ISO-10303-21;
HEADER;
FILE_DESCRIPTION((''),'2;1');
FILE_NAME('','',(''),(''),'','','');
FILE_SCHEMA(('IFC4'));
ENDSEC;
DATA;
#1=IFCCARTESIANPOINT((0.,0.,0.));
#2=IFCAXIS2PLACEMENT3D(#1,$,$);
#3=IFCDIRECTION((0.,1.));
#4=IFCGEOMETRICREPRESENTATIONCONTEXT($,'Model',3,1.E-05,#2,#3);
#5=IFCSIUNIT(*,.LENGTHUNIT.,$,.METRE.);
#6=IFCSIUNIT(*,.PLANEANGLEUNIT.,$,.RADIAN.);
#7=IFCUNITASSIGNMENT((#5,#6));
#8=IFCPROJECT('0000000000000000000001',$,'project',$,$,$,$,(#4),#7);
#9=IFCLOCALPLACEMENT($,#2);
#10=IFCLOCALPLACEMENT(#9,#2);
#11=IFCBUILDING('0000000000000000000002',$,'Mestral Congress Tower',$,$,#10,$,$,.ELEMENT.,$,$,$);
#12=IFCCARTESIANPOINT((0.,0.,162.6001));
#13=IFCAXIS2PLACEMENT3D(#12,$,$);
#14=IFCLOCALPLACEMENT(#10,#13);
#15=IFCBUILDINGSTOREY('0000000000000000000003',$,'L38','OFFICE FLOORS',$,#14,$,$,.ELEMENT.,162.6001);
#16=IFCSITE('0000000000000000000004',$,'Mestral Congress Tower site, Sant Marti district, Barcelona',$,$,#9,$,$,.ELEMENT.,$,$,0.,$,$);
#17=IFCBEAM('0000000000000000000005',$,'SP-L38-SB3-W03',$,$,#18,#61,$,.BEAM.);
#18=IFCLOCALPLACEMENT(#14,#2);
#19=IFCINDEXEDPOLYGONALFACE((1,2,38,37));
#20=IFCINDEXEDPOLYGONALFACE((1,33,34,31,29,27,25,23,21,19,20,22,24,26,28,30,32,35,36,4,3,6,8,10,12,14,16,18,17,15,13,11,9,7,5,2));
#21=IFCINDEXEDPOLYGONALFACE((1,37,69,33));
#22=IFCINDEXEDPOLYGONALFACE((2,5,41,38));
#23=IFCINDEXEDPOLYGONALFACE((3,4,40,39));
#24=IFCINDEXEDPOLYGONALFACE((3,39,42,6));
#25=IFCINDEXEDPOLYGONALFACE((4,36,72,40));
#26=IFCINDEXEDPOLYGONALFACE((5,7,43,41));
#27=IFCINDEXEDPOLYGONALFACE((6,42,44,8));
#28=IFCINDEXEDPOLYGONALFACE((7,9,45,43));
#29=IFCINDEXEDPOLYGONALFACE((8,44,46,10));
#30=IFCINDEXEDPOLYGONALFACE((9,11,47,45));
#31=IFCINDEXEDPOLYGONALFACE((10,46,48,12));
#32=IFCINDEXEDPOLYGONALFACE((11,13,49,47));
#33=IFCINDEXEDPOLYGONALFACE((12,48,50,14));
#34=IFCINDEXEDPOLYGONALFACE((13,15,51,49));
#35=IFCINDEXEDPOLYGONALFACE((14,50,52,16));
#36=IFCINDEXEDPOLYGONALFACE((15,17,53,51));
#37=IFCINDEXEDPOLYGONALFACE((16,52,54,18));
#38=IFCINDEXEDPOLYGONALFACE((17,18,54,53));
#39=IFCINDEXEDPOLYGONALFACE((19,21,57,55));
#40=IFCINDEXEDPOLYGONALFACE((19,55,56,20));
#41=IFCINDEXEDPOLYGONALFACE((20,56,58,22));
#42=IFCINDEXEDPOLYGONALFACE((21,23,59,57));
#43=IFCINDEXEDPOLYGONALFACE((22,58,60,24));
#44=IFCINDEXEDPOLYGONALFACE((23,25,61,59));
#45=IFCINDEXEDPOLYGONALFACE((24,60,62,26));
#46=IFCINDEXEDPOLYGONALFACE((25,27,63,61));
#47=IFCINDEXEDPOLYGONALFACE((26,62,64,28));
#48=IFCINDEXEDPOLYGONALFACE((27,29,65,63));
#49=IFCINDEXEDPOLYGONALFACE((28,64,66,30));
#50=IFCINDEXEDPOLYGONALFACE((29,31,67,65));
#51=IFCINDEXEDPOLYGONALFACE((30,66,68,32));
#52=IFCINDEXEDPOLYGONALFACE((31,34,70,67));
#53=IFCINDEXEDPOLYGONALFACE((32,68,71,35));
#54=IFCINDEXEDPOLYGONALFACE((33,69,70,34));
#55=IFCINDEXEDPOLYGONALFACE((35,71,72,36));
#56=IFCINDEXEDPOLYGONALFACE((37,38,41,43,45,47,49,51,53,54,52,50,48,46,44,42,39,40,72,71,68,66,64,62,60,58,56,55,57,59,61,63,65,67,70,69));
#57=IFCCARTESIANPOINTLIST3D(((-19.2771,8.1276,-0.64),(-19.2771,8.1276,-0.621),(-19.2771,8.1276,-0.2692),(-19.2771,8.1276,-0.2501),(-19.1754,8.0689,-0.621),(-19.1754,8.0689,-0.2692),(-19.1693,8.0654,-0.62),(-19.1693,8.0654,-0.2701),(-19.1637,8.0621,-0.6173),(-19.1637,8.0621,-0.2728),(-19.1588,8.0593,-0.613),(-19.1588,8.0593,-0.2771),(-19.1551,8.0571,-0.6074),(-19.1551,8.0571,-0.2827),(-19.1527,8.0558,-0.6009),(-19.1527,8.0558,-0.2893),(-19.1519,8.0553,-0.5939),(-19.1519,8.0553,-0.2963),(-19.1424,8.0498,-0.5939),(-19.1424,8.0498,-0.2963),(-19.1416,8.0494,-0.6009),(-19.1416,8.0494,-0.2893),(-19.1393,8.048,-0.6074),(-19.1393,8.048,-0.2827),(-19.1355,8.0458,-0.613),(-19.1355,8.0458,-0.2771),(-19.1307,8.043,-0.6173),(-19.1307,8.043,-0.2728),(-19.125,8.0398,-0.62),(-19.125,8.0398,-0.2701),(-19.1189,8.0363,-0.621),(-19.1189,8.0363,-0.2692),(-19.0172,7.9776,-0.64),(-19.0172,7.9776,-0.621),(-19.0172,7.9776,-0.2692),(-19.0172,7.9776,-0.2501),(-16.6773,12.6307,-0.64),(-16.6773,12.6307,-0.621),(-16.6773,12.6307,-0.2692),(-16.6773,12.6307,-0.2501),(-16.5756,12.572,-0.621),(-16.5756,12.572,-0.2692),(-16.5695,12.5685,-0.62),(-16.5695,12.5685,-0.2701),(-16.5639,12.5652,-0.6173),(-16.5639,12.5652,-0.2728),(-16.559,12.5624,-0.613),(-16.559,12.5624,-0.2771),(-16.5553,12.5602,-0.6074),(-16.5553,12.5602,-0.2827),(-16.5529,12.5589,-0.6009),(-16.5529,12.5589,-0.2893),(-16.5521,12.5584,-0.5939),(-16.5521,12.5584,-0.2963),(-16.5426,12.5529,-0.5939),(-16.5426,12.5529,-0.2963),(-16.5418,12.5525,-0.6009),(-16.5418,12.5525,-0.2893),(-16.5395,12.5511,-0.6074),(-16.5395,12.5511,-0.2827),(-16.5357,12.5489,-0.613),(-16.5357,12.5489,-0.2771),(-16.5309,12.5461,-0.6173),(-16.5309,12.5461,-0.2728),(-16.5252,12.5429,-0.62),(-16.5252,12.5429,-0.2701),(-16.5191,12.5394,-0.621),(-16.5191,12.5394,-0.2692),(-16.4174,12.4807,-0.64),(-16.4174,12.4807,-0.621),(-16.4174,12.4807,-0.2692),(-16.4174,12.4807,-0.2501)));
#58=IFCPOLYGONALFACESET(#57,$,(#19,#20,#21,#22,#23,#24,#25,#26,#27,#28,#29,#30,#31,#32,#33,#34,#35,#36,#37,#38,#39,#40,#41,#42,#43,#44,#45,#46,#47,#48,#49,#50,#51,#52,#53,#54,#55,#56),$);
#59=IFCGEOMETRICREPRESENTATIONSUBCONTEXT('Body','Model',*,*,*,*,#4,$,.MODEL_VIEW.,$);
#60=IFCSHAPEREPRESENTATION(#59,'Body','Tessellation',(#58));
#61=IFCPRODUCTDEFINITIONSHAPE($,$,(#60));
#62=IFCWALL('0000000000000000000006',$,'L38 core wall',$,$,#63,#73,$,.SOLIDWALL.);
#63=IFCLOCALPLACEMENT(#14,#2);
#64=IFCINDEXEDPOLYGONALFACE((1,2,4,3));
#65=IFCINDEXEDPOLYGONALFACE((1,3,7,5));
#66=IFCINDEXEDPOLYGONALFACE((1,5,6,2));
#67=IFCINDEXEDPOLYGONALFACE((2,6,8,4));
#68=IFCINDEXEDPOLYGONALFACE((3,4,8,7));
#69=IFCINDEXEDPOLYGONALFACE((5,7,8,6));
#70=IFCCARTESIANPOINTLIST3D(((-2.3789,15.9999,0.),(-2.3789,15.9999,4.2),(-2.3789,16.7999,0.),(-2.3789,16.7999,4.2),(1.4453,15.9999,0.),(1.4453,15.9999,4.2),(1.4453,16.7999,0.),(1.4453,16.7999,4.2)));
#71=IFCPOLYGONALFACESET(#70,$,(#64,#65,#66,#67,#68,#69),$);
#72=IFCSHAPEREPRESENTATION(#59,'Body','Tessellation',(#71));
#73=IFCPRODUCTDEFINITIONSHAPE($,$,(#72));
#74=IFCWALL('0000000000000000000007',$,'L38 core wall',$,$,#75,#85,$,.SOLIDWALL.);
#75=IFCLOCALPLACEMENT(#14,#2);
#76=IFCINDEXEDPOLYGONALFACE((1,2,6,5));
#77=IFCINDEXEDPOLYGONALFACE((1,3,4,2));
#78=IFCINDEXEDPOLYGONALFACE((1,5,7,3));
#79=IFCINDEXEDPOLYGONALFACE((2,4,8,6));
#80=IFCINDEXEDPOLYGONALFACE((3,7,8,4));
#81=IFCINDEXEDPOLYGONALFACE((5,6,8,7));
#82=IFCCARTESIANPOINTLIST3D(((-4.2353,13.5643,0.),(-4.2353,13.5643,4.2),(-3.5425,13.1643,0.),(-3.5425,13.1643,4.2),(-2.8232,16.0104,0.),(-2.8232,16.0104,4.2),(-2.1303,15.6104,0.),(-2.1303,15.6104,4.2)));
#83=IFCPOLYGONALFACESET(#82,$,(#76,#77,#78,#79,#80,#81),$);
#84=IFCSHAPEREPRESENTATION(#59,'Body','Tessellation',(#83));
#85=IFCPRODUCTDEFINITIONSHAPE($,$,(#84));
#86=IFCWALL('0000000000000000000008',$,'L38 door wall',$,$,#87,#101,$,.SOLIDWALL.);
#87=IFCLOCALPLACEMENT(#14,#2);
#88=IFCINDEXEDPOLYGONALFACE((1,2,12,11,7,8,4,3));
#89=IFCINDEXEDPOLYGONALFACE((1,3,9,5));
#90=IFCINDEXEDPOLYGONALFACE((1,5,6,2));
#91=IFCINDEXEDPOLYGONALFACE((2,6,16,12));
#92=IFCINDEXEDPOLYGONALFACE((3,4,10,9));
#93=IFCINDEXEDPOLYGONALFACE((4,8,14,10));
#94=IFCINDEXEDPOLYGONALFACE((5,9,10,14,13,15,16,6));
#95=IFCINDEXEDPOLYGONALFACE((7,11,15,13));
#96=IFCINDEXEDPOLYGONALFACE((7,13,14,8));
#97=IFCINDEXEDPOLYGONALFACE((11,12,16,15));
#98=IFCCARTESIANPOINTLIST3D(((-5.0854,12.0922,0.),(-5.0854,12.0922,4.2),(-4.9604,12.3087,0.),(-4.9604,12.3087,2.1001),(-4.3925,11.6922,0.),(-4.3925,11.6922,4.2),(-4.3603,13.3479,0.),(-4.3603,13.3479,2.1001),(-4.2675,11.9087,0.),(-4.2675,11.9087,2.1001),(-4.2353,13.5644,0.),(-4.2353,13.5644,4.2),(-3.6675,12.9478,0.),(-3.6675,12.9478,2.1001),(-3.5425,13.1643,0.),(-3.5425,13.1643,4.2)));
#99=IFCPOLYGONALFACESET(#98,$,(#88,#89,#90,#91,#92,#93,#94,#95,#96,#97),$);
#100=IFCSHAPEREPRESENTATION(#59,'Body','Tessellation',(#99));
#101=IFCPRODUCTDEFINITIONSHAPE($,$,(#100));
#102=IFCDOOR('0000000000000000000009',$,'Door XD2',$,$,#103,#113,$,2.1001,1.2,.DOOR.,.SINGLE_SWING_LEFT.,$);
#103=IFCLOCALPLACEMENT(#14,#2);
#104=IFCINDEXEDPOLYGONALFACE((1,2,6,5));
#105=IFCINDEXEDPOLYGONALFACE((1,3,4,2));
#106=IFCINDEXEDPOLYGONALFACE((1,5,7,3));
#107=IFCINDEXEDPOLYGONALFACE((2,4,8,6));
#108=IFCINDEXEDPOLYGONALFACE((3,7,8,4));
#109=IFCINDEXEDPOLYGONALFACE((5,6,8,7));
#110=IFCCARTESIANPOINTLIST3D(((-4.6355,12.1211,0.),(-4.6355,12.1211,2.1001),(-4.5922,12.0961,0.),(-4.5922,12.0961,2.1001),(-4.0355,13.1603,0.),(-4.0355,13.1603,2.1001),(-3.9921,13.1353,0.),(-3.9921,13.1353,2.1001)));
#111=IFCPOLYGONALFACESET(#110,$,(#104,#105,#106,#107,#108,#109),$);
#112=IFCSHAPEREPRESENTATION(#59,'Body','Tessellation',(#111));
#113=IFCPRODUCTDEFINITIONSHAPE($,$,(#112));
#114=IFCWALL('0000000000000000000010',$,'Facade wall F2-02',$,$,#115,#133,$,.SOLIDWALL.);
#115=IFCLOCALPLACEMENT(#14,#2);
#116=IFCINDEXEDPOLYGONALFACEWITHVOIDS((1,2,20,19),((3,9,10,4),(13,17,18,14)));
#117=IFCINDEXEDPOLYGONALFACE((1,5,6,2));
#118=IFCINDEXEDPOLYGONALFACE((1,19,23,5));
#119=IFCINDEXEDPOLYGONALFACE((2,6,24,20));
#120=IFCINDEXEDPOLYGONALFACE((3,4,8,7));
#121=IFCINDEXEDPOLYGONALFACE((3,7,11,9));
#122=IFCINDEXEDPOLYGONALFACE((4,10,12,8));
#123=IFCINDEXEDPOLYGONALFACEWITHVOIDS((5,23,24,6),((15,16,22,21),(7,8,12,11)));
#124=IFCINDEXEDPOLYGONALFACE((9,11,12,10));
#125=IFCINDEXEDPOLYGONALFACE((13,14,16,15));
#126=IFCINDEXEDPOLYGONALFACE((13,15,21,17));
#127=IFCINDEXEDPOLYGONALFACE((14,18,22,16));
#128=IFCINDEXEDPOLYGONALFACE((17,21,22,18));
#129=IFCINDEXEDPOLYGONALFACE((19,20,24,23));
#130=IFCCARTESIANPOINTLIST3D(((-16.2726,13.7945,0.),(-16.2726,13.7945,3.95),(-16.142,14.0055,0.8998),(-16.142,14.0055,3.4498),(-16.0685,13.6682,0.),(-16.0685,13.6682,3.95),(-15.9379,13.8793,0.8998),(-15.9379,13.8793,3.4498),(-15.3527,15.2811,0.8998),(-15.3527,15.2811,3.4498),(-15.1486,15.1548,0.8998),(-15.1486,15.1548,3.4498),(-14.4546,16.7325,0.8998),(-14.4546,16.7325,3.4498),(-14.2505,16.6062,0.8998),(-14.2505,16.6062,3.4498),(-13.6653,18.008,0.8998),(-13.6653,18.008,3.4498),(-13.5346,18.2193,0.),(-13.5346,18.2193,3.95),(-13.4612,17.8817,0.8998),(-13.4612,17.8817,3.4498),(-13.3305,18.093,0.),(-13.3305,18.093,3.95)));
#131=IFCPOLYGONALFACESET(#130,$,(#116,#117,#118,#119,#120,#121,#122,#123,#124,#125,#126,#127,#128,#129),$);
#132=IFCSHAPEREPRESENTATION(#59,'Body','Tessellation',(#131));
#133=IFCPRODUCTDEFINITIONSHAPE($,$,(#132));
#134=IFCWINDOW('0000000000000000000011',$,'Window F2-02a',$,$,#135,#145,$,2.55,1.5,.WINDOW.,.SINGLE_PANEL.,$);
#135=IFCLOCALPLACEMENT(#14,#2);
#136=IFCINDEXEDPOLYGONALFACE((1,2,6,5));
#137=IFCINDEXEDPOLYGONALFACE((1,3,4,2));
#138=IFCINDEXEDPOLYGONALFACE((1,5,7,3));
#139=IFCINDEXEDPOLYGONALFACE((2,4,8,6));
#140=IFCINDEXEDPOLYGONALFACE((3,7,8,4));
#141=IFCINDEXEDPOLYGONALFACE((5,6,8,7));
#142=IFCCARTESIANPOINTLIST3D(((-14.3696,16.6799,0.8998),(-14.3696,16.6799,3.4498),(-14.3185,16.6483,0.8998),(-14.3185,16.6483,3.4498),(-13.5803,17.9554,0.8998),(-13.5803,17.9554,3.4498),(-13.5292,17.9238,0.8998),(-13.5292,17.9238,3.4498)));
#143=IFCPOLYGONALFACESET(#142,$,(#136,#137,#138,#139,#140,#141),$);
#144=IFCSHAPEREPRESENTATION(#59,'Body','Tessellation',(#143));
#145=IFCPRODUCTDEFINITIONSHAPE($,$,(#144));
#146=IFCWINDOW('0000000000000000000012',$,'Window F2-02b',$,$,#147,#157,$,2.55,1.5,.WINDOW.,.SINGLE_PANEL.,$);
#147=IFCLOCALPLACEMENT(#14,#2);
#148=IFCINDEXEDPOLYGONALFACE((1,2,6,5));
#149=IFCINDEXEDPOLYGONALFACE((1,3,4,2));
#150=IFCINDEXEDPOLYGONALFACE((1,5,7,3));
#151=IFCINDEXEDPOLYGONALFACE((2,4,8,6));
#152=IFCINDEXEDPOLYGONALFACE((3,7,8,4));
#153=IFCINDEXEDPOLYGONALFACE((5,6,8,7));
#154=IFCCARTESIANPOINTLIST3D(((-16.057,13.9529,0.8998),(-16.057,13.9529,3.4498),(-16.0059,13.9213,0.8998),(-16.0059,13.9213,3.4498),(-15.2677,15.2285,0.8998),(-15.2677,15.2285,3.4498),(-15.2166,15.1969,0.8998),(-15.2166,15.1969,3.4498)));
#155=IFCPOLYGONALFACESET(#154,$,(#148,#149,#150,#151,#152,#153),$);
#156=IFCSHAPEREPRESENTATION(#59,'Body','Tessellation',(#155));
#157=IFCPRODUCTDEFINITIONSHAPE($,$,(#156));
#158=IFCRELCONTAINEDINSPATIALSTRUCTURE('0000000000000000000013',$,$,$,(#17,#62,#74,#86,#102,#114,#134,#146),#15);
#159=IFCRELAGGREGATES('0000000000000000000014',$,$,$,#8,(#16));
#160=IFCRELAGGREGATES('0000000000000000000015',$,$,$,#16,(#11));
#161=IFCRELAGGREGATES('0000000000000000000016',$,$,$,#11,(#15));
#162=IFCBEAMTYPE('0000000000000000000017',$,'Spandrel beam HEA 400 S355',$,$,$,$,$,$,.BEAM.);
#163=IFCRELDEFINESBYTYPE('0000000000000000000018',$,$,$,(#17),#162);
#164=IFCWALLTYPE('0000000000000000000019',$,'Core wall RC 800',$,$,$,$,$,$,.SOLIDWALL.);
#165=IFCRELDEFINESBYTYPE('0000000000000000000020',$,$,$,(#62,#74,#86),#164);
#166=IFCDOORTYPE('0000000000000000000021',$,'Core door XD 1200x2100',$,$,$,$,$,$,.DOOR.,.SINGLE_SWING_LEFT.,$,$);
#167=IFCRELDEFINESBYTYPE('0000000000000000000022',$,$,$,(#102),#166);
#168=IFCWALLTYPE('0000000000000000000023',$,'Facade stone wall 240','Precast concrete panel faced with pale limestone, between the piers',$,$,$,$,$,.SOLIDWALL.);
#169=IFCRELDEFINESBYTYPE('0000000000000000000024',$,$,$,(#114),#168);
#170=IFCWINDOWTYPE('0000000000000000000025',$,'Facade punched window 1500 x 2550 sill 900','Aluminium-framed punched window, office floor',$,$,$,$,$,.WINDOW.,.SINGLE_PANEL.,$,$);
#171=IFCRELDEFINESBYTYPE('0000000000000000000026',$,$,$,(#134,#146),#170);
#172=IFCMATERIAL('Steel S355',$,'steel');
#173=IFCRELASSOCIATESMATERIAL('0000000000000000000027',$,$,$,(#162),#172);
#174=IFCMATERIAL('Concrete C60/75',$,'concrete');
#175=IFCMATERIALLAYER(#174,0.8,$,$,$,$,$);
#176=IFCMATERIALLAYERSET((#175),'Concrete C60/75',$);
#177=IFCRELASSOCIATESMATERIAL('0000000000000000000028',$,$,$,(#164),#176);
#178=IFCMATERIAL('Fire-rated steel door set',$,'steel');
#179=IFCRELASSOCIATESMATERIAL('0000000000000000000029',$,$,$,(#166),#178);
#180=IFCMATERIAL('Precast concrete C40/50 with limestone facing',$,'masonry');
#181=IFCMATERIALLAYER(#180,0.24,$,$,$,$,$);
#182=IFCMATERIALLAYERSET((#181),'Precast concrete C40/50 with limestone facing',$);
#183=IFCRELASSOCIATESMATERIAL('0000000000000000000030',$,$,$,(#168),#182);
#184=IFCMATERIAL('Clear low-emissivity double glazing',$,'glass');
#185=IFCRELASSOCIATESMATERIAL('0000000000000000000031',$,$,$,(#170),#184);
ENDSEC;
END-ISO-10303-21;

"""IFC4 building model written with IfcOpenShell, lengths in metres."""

from ifc_helpers import new_model, si_unit, direction, frame, frame_2d, origin, origin_2d, place, context, subcontext, project, spatial, rectangle, i_section, extrude, material, layer, layer_set, material_profile, profile_set, type_object, element, fill, save


model = new_model("IFC4")

# Units and contexts
model_context = context("Model", 3, precision=1e-05, world=origin(), true_north=direction((0.0, 1.0)))
body_context = subcontext(model_context, "Body", "Model", "MODEL_VIEW")
ifc_project = project(units=[si_unit("LENGTHUNIT", "METRE"), si_unit("PLANEANGLEUNIT", "RADIAN")], contexts=[model_context])

# Site, building, storey
site_placement = place(None, origin())
site = spatial("IfcSite", under=ifc_project, at=site_placement, Name="Mestral Congress Tower site, Sant Marti district, Barcelona", CompositionType="ELEMENT", RefElevation=0.0)
building_placement = place(site_placement, origin())
building = spatial("IfcBuilding", under=site, at=building_placement, Name="Mestral Congress Tower", CompositionType="ELEMENT")
storey_placement = place(building_placement, frame((0.0, 0.0, 162.6001)))
storey = spatial("IfcBuildingStorey", under=building, at=storey_placement, Name="L38", Description="OFFICE FLOORS", CompositionType="ELEMENT", Elevation=162.6001)

# Shared definitions
ifc_material_1 = material(Name="Concrete C60/75", Category="concrete")

# Beam
ifc_material_2 = material(Name="Steel S355", Category="steel")
ifc_material_profile_1 = material_profile(ifc_material_2, i_section(OverallWidth=0.3, OverallDepth=0.3899, WebThickness=0.011, FlangeThickness=0.019, FilletRadius=0.0271, at=origin_2d()), Name="HEA 400")
ifc_profile_set_1 = profile_set([ifc_material_profile_1], Name="Steel S355")
beam_type_1 = type_object("IfcBeamType", Name="Spandrel beam HEA 400 S355", PredefinedType="BEAM", material=ifc_profile_set_1)
beam_1_placement = place(storey_placement, frame((-16.5474, 12.5557, -0.4451), z_axis=(-0.499992, -0.86603, 0.0), x_axis=(0.86603, -0.499992, 0.0)))
element("IfcBeam", 1, at=beam_1_placement, inside=storey, type_object=beam_type_1, Name="SP-L38-SB3-W03", PredefinedType="BEAM", context=body_context, shape_type="SweptSolid", body=[
    extrude(i_section(OverallWidth=0.3, OverallDepth=0.3899, WebThickness=0.011, FlangeThickness=0.019, FilletRadius=0.0271, at=origin_2d()), origin(), (0.0, 0.0, 1.0), 5.1997),
])

# Walls
ifc_layer_1 = layer(ifc_material_1, 0.8)
ifc_layer_set_1 = layer_set([ifc_layer_1], Name="Concrete C60/75")
wall_type_1 = type_object("IfcWallType", Name="Core wall RC 800", PredefinedType="SOLIDWALL", material=ifc_layer_set_1)
wall_1_placement = place(storey_placement, frame((-2.3789, 16.3999, 0.0), z_axis=(0.0, 0.0, 1.0), x_axis=(1.0, 0.0, 0.0)))
element("IfcWall", 2, at=wall_1_placement, inside=storey, type_object=wall_type_1, Name="L38 core wall", PredefinedType="SOLIDWALL", context=body_context, shape_type="SweptSolid", body=[
    extrude(rectangle(XDim=3.8242, YDim=0.8, at=frame_2d((1.9121, 0.0))), origin(), (0.0, 0.0, 1.0), 4.2),
])
wall_2_placement = place(storey_placement, frame((-2.4768, 15.8103, 0.0), z_axis=(0.0, 0.0, 1.0), x_axis=(-0.499969, -0.866043, 0.0)))
element("IfcWall", 3, at=wall_2_placement, inside=storey, type_object=wall_type_1, Name="L38 core wall", PredefinedType="SOLIDWALL", context=body_context, shape_type="SweptSolid", body=[
    extrude(rectangle(XDim=2.8245, YDim=0.8, at=frame_2d((1.4121, 0.0))), origin(), (0.0, 0.0, 1.0), 4.2),
])

# Wall, opening, door
wall_3_placement = place(storey_placement, frame((-4.739, 11.8921, 0.0), z_axis=(0.0, 0.0, 1.0), x_axis=(0.500062, 0.865989, 0.0)))
wall_3 = element("IfcWall", 4, at=wall_3_placement, inside=storey, type_object=wall_type_1, Name="L38 door wall", PredefinedType="SOLIDWALL", context=body_context, shape_type="SweptSolid", body=[
    extrude(rectangle(XDim=1.7, YDim=0.8, at=frame_2d((0.8501, 0.0))), origin(), (0.0, 0.0, 1.0), 4.2),
])
opening_1_placement = place(wall_3_placement, frame((0.25, 0.0, 0.0)))
opening_1 = element("IfcOpeningElement", 5, at=opening_1_placement, cuts=wall_3, PredefinedType="OPENING", context=body_context, shape_type="SweptSolid", body=[
    extrude(rectangle(XDim=1.2, YDim=2.1001, at=frame_2d((0.6001, 1.05))), frame((0.0, 0.4099, 0.0), z_axis=(0.0, -1.0, 0.0), x_axis=(1.0, 0.0, 0.0)), (0.0, 0.0, 1.0), 0.8201),
])
ifc_material_3 = material(Name="Fire-rated steel door set", Category="steel")
door_type_1 = type_object("IfcDoorType", Name="Core door XD 1200x2100", OperationType="SINGLE_SWING_LEFT", PredefinedType="DOOR", material=ifc_material_3)
door_1_placement = place(opening_1_placement, origin())
door_1 = element("IfcDoor", 6, at=door_1_placement, inside=storey, type_object=door_type_1, Name="Door XD2", OperationType="SINGLE_SWING_LEFT", OverallHeight=2.1001, OverallWidth=1.2, PredefinedType="DOOR", context=body_context, shape_type="SweptSolid", body=[
    extrude(rectangle(XDim=1.2, YDim=2.1001, at=frame_2d((0.6001, 1.05))), frame((0.0, 0.0249, 0.0), z_axis=(0.0, -1.0, 0.0), x_axis=(1.0, 0.0, 0.0)), (0.0, 0.0, 1.0), 0.05),
])
fill(opening_1, door_1)

# Wall, openings, windows
ifc_material_4 = material(Name="Precast concrete C40/50 with limestone facing", Category="masonry")
ifc_layer_2 = layer(ifc_material_4, 0.24)
ifc_layer_set_2 = layer_set([ifc_layer_2], Name="Precast concrete C40/50 with limestone facing")
wall_type_2 = type_object("IfcWallType", Name="Facade stone wall 240", Description="Precast concrete panel faced with pale limestone, between the piers", PredefinedType="SOLIDWALL", material=ifc_layer_set_2)
wall_4_placement = place(storey_placement, frame((-13.4326, 18.156, 0.0), z_axis=(0.0, 0.0, 1.0), x_axis=(-0.526198, -0.850362, 0.0)))
wall_4 = element("IfcWall", 7, at=wall_4_placement, inside=storey, type_object=wall_type_2, Name="Facade wall F2-02", PredefinedType="SOLIDWALL", context=body_context, shape_type="SweptSolid", body=[
    extrude(rectangle(XDim=5.2034, YDim=0.24, at=frame_2d((2.6016, 0.0))), origin(), (0.0, 0.0, 1.0), 3.95),
])
opening_2_placement = place(wall_4_placement, frame((0.2483, 0.0, 0.8999)))
opening_2 = element("IfcOpeningElement", 8, at=opening_2_placement, cuts=wall_4, PredefinedType="OPENING", context=body_context, shape_type="SweptSolid", body=[
    extrude(rectangle(XDim=1.5, YDim=2.55, at=frame_2d((0.75, 1.2749))), frame((0.0, 0.1299, 0.0), z_axis=(0.0, -1.0, 0.0), x_axis=(1.0, 0.0, 0.0)), (0.0, 0.0, 1.0), 0.26),
])
opening_3_placement = place(wall_4_placement, frame((3.4551, 0.0, 0.8999)))
opening_3 = element("IfcOpeningElement", 9, at=opening_3_placement, cuts=wall_4, PredefinedType="OPENING", context=body_context, shape_type="SweptSolid", body=[
    extrude(rectangle(XDim=1.5, YDim=2.55, at=frame_2d((0.75, 1.2749))), frame((0.0, 0.1299, 0.0), z_axis=(0.0, -1.0, 0.0), x_axis=(1.0, 0.0, 0.0)), (0.0, 0.0, 1.0), 0.26),
])
ifc_material_5 = material(Name="Clear low-emissivity double glazing", Category="glass")
window_type = type_object("IfcWindowType", Name="Facade punched window 1500 x 2550 sill 900", Description="Aluminium-framed punched window, office floor", PartitioningType="SINGLE_PANEL", PredefinedType="WINDOW", material=ifc_material_5)
window_1_placement = place(opening_2_placement, origin())
window_1 = element("IfcWindow", 10, at=window_1_placement, inside=storey, type_object=window_type, Name="Window F2-02a", OverallHeight=2.55, OverallWidth=1.5, PartitioningType="SINGLE_PANEL", PredefinedType="WINDOW", context=body_context, shape_type="SweptSolid", body=[
    extrude(rectangle(XDim=1.5, YDim=2.55, at=frame_2d((0.75, 1.2749))), frame((0.0, 0.04, 0.0), z_axis=(0.0, -1.0, 0.0), x_axis=(1.0, 0.0, 0.0)), (0.0, 0.0, 1.0), 0.0601),
])
fill(opening_2, window_1)
window_2_placement = place(opening_3_placement, origin())
window_2 = element("IfcWindow", 11, at=window_2_placement, inside=storey, type_object=window_type, Name="Window F2-02b", OverallHeight=2.55, OverallWidth=1.5, PartitioningType="SINGLE_PANEL", PredefinedType="WINDOW", context=body_context, shape_type="SweptSolid", body=[
    extrude(rectangle(XDim=1.5, YDim=2.55, at=frame_2d((0.75, 1.2749))), frame((0.0, 0.04, 0.0), z_axis=(0.0, -1.0, 0.0), x_axis=(1.0, 0.0, 0.0)), (0.0, 0.0, 1.0), 0.0601),
])
fill(opening_3, window_2)

save(model, "model.ifc")
